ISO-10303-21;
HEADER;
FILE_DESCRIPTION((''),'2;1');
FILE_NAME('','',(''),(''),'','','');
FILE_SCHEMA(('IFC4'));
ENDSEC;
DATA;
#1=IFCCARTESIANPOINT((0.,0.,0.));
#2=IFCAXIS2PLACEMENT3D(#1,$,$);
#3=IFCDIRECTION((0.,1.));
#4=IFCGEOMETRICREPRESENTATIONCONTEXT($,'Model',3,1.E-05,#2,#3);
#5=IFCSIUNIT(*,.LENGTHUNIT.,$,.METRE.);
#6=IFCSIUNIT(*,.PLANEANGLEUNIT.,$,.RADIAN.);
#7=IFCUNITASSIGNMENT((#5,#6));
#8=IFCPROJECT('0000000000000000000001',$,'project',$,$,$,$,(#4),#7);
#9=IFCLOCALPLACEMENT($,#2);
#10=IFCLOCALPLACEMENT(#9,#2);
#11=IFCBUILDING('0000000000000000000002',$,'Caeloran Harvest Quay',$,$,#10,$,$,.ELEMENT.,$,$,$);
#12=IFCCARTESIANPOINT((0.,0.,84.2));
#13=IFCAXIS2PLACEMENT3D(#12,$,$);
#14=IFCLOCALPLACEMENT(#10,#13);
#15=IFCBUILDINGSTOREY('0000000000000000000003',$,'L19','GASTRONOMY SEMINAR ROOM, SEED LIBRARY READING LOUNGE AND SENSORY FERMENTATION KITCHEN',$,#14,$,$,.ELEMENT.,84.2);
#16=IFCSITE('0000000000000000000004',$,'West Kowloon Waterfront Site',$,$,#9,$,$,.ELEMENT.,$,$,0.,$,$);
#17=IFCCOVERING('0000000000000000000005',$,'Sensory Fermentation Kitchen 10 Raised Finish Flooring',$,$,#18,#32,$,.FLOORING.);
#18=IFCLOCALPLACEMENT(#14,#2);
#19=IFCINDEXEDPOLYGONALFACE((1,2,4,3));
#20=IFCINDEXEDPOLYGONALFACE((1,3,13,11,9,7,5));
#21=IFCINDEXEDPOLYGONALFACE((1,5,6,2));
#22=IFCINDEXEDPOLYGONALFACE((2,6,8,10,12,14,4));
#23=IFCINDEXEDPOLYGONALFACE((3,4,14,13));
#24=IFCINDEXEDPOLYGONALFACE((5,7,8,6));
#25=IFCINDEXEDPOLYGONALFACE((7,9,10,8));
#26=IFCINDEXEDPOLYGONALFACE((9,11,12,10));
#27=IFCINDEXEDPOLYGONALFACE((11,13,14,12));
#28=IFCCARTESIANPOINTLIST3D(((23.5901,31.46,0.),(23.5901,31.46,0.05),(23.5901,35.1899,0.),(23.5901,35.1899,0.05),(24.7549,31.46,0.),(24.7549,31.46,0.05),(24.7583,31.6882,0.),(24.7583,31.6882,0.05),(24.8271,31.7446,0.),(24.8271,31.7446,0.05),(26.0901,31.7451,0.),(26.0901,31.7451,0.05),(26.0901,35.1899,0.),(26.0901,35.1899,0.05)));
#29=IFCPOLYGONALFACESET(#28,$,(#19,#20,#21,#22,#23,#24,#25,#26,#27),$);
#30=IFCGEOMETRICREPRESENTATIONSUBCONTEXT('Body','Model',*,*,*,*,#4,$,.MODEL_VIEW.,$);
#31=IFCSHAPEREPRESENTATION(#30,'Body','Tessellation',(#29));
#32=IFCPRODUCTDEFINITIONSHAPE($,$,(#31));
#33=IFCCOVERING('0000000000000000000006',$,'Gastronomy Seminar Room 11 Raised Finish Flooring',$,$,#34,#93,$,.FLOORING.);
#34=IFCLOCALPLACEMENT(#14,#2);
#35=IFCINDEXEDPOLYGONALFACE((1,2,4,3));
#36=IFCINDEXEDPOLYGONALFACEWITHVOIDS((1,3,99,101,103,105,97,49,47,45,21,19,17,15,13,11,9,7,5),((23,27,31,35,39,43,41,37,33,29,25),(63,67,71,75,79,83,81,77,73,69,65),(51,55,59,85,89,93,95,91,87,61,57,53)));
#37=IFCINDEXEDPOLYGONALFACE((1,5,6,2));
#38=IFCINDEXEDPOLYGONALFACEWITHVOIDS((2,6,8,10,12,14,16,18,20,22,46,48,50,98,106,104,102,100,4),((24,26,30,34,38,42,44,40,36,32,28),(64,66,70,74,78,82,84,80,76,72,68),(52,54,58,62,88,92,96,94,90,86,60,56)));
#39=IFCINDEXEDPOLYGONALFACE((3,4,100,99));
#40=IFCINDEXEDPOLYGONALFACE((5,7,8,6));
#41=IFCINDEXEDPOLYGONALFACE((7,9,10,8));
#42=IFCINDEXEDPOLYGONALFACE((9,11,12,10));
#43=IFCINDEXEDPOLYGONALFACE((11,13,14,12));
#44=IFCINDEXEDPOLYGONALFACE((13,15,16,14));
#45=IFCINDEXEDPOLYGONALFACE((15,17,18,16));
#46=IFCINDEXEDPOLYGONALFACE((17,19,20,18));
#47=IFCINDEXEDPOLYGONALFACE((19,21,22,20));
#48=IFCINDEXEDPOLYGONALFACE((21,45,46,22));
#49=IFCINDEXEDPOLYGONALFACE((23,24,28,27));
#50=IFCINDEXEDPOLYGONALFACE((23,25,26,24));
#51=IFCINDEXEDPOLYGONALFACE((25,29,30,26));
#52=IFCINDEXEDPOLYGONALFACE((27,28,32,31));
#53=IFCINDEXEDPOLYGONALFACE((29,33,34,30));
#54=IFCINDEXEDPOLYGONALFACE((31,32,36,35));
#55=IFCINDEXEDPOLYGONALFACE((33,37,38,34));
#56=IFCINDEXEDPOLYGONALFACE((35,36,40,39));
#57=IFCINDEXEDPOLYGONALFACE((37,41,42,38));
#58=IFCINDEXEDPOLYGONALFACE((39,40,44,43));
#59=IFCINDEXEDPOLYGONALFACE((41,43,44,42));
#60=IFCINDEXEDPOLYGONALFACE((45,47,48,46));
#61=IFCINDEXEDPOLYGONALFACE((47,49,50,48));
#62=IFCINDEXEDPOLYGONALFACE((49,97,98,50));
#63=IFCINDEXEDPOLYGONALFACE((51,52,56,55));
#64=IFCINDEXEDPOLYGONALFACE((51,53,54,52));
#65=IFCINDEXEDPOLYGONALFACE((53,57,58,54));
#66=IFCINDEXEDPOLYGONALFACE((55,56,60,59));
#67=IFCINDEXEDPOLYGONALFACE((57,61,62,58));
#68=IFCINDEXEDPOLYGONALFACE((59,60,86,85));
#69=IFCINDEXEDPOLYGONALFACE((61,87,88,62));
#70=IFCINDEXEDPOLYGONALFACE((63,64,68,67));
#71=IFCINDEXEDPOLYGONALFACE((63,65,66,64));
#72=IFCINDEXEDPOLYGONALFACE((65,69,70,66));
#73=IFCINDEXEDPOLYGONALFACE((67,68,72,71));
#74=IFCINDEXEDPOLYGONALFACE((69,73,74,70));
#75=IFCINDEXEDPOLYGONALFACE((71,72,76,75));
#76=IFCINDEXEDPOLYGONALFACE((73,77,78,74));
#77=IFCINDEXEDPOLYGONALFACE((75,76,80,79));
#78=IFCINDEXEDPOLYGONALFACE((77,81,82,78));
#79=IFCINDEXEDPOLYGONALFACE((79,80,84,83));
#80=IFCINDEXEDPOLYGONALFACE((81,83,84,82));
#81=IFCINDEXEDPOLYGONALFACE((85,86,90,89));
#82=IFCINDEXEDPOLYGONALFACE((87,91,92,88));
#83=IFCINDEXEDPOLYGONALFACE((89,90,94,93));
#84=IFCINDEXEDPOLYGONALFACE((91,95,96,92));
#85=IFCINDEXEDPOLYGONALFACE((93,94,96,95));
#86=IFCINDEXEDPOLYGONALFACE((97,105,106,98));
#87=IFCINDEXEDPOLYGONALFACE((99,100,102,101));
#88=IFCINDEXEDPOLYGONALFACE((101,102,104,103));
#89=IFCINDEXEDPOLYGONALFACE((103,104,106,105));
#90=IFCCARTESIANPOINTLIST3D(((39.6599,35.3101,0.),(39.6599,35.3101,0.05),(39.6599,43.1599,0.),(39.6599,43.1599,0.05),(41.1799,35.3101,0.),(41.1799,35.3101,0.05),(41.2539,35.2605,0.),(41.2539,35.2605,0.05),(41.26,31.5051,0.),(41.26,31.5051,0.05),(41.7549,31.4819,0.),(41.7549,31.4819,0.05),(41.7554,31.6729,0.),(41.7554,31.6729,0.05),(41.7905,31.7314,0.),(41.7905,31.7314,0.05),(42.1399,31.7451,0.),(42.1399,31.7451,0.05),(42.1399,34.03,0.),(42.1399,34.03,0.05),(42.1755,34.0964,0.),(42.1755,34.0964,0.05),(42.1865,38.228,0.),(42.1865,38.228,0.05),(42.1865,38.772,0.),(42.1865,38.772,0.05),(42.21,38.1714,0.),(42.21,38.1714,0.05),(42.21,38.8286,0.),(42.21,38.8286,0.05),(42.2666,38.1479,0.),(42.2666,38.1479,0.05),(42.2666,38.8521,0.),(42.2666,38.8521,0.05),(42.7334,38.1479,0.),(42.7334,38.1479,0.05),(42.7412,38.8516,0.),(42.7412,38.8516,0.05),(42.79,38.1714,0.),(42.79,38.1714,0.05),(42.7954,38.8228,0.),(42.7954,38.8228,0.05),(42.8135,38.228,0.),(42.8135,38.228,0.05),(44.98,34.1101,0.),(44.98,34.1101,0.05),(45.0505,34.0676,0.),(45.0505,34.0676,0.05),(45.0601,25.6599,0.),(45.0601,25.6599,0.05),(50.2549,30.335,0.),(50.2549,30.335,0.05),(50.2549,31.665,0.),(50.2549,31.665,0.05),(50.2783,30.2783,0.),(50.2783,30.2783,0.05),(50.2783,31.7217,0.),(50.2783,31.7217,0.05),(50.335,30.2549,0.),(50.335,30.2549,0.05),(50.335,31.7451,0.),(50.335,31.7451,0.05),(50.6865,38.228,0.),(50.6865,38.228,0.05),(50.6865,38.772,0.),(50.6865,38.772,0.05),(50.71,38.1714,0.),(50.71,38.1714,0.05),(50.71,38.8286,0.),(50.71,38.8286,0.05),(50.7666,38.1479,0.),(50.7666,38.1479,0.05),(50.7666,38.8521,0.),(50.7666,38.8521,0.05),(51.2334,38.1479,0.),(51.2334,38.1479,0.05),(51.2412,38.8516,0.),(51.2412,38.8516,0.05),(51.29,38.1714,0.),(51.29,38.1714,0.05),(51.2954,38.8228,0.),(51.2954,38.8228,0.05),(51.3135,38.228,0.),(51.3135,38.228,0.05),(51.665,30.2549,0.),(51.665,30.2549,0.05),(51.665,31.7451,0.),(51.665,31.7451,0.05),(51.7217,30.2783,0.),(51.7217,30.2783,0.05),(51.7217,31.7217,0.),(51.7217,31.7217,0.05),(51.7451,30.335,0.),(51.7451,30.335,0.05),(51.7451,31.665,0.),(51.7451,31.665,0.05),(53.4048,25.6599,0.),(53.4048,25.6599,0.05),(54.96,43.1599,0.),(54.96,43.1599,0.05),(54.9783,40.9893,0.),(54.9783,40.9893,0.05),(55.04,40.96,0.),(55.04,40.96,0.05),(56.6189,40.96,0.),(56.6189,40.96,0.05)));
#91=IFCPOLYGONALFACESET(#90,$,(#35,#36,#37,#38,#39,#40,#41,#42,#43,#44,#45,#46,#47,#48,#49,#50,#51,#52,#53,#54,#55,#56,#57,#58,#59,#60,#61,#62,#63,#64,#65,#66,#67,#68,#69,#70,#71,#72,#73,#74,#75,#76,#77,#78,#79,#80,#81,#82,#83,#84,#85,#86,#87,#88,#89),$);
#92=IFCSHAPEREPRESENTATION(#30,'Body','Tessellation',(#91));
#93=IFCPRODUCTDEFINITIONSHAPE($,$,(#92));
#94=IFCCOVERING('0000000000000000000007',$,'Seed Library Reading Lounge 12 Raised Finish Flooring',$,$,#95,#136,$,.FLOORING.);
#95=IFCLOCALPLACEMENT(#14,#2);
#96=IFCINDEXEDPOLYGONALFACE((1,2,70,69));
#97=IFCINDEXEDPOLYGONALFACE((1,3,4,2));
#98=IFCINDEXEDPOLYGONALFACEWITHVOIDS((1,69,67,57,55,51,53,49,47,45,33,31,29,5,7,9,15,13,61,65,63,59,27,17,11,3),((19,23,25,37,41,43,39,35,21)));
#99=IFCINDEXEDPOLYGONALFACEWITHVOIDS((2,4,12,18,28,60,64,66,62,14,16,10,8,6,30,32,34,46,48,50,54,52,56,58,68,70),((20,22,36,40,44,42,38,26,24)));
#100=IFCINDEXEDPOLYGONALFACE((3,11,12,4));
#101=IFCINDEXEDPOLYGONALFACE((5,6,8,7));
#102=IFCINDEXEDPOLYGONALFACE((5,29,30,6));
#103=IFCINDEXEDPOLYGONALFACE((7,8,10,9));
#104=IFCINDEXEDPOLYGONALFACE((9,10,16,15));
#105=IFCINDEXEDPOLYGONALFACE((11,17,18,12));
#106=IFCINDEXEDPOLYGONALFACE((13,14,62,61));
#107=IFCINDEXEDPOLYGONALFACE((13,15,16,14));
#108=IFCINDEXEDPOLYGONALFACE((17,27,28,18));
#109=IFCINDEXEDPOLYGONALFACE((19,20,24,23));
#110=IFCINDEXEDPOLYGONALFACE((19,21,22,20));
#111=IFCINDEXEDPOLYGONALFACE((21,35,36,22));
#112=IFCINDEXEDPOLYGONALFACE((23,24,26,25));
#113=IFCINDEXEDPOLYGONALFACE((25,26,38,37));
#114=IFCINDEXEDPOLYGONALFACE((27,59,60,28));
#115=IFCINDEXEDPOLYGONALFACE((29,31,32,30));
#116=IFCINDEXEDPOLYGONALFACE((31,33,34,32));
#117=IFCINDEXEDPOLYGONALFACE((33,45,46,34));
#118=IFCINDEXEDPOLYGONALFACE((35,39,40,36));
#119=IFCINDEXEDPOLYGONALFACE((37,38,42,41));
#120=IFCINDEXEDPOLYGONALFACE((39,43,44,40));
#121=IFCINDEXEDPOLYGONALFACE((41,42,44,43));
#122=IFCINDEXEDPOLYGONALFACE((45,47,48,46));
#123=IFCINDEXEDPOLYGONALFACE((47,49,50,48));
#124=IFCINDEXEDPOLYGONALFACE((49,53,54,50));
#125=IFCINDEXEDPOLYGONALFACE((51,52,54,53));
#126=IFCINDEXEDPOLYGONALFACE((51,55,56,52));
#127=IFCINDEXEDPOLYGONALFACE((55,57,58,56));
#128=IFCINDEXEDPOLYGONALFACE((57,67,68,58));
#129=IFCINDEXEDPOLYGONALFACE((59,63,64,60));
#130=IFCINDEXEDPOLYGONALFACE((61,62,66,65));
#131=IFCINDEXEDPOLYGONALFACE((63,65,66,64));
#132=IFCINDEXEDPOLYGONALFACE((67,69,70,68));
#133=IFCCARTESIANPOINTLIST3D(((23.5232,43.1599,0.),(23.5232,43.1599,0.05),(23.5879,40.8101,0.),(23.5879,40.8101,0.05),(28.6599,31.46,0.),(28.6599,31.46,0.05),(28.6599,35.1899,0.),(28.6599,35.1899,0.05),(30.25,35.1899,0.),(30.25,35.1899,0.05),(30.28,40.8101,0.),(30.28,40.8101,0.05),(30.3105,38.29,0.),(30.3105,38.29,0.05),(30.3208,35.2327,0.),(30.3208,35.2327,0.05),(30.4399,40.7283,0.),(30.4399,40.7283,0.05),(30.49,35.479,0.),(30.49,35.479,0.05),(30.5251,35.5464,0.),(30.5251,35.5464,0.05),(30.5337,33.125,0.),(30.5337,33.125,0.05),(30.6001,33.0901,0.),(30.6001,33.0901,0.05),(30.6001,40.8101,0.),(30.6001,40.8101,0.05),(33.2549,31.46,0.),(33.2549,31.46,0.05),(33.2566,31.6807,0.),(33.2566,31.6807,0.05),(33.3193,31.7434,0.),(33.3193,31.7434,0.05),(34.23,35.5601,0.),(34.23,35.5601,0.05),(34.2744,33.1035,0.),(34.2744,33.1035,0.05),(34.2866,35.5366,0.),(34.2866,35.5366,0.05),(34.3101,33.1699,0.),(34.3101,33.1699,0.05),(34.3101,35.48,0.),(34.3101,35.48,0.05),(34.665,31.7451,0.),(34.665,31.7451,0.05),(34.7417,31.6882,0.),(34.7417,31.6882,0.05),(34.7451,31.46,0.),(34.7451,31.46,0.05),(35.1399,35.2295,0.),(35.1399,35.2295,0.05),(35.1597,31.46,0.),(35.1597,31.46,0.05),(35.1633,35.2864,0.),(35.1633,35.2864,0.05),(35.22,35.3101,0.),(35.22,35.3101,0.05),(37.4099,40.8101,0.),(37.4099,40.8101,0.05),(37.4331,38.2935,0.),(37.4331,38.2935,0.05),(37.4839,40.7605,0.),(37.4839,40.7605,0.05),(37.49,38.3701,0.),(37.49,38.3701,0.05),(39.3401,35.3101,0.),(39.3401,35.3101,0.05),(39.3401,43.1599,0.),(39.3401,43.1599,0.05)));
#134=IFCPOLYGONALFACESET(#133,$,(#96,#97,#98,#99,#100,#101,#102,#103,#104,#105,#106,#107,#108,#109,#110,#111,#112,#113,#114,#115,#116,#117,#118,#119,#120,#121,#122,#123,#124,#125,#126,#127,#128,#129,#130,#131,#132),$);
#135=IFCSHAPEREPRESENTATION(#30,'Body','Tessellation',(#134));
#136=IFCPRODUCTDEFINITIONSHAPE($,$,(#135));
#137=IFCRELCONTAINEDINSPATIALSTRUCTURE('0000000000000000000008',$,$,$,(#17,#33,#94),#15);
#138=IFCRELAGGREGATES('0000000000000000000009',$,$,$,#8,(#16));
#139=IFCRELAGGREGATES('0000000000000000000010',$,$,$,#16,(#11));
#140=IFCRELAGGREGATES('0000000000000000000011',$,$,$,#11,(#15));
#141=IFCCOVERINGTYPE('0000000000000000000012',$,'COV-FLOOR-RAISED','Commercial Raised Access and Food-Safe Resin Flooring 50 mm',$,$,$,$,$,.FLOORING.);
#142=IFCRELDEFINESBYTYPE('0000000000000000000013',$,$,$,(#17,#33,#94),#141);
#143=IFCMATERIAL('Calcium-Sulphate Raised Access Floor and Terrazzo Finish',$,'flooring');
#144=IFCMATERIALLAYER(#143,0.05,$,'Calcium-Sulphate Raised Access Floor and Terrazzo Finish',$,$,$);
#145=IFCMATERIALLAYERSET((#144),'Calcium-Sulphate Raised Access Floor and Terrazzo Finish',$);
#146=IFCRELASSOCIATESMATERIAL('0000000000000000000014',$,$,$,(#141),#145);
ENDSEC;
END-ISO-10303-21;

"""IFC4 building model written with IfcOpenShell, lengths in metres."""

from ifc_helpers import new_model, si_unit, direction, frame, origin, place, context, subcontext, project, spatial, polyline, outline, extrude, material, layer, layer_set, type_object, element, save


model = new_model("IFC4")

# Units and contexts
model_context = context("Model", 3, precision=1e-05, world=origin(), true_north=direction((0.0, 1.0)))
body_context = subcontext(model_context, "Body", "Model", "MODEL_VIEW")
ifc_project = project(units=[si_unit("LENGTHUNIT", "METRE"), si_unit("PLANEANGLEUNIT", "RADIAN")], contexts=[model_context])

# Site, building, storey
site_placement = place(None, origin())
site = spatial("IfcSite", under=ifc_project, at=site_placement, Name="West Kowloon Waterfront Site", CompositionType="ELEMENT", RefElevation=0.0)
building_placement = place(site_placement, origin())
building = spatial("IfcBuilding", under=site, at=building_placement, Name="Caeloran Harvest Quay", CompositionType="ELEMENT")
storey_placement = place(building_placement, frame((0.0, 0.0, 84.2)))
storey = spatial("IfcBuildingStorey", under=building, at=storey_placement, Name="L19", Description="GASTRONOMY SEMINAR ROOM, SEED LIBRARY READING LOUNGE AND SENSORY FERMENTATION KITCHEN", CompositionType="ELEMENT", Elevation=84.2)

# Coverings
ifc_material_1 = material(Name="Calcium-Sulphate Raised Access Floor and Terrazzo Finish", Category="flooring")
ifc_layer_1 = layer(ifc_material_1, 0.05, Name="Calcium-Sulphate Raised Access Floor and Terrazzo Finish")
ifc_layer_set_1 = layer_set([ifc_layer_1], Name="Calcium-Sulphate Raised Access Floor and Terrazzo Finish")
covering_type_1 = type_object("IfcCoveringType", Name="COV-FLOOR-RAISED", Description="Commercial Raised Access and Food-Safe Resin Flooring 50 mm", PredefinedType="FLOORING", material=ifc_layer_set_1)
covering_1_placement = place(storey_placement, origin())
element("IfcCovering", 1, at=covering_1_placement, inside=storey, type_object=covering_type_1, Name="Sensory Fermentation Kitchen 10 Raised Finish Flooring", PredefinedType="FLOORING", context=body_context, shape_type="SweptSolid", body=[
    extrude(outline(polyline([(23.5901, 35.1899), (26.0901, 35.1899), (26.0901, 31.7451), (24.8271, 31.7446), (24.7583, 31.6882), (24.7549, 31.46), (23.5901, 31.46), (23.5901, 35.1899)])), origin(), (0.0, 0.0, 1.0), 0.05),
])
covering_2_placement = place(storey_placement, origin())
element("IfcCovering", 2, at=covering_2_placement, inside=storey, type_object=covering_type_1, Name="Gastronomy Seminar Room 11 Raised Finish Flooring", PredefinedType="FLOORING", context=body_context, shape_type="SweptSolid", body=[
    extrude(outline(polyline([(39.6599, 35.3101), (39.6599, 43.1599), (54.96, 43.1599), (54.9783, 40.9893), (55.04, 40.96), (56.6189, 40.96), (53.4048, 25.6599), (45.0601, 25.6599), (45.0505, 34.0676), (44.98, 34.1101), (42.1755, 34.0964), (42.1399, 34.03), (42.1399, 31.7451), (41.7905, 31.7314), (41.7554, 31.6729), (41.7549, 31.4819), (41.26, 31.5051), (41.2539, 35.2605), (41.1799, 35.3101), (39.6599, 35.3101)]), holes=[polyline([(51.7451, 31.665), (51.7217, 31.7217), (51.665, 31.7451), (50.335, 31.7451), (50.2783, 31.7217), (50.2549, 31.665), (50.2549, 30.335), (50.2783, 30.2783), (50.335, 30.2549), (51.665, 30.2549), (51.7217, 30.2783), (51.7451, 30.335), (51.7451, 31.665)]), polyline([(51.3135, 38.228), (51.2954, 38.8228), (51.2412, 38.8516), (50.7666, 38.8521), (50.71, 38.8286), (50.6865, 38.772), (50.6865, 38.228), (50.71, 38.1714), (50.7666, 38.1479), (51.2334, 38.1479), (51.29, 38.1714), (51.3135, 38.228)]), polyline([(42.8135, 38.228), (42.7954, 38.8228), (42.7412, 38.8516), (42.2666, 38.8521), (42.21, 38.8286), (42.1865, 38.772), (42.1865, 38.228), (42.21, 38.1714), (42.2666, 38.1479), (42.7334, 38.1479), (42.79, 38.1714), (42.8135, 38.228)])]), origin(), (0.0, 0.0, 1.0), 0.05),
])
covering_3_placement = place(storey_placement, origin())
element("IfcCovering", 3, at=covering_3_placement, inside=storey, type_object=covering_type_1, Name="Seed Library Reading Lounge 12 Raised Finish Flooring", PredefinedType="FLOORING", context=body_context, shape_type="SweptSolid", body=[
    extrude(outline(polyline([(39.3401, 35.3101), (35.22, 35.3101), (35.1633, 35.2864), (35.1399, 35.2295), (35.1597, 31.46), (34.7451, 31.46), (34.7417, 31.6882), (34.665, 31.7451), (33.3193, 31.7434), (33.2566, 31.6807), (33.2549, 31.46), (28.6599, 31.46), (28.6599, 35.1899), (30.25, 35.1899), (30.3208, 35.2327), (30.3105, 38.29), (37.4331, 38.2935), (37.49, 38.3701), (37.4839, 40.7605), (37.4099, 40.8101), (30.6001, 40.8101), (30.4399, 40.7283), (30.28, 40.8101), (23.5879, 40.8101), (23.5232, 43.1599), (39.3401, 43.1599), (39.3401, 35.3101)]), holes=[polyline([(34.3101, 35.48), (34.2866, 35.5366), (34.23, 35.5601), (30.5251, 35.5464), (30.49, 35.479), (30.5337, 33.125), (30.6001, 33.0901), (34.2744, 33.1035), (34.3101, 33.1699), (34.3101, 35.48)])]), origin(), (0.0, 0.0, 1.0), 0.05),
])

save(model, "model.ifc")
